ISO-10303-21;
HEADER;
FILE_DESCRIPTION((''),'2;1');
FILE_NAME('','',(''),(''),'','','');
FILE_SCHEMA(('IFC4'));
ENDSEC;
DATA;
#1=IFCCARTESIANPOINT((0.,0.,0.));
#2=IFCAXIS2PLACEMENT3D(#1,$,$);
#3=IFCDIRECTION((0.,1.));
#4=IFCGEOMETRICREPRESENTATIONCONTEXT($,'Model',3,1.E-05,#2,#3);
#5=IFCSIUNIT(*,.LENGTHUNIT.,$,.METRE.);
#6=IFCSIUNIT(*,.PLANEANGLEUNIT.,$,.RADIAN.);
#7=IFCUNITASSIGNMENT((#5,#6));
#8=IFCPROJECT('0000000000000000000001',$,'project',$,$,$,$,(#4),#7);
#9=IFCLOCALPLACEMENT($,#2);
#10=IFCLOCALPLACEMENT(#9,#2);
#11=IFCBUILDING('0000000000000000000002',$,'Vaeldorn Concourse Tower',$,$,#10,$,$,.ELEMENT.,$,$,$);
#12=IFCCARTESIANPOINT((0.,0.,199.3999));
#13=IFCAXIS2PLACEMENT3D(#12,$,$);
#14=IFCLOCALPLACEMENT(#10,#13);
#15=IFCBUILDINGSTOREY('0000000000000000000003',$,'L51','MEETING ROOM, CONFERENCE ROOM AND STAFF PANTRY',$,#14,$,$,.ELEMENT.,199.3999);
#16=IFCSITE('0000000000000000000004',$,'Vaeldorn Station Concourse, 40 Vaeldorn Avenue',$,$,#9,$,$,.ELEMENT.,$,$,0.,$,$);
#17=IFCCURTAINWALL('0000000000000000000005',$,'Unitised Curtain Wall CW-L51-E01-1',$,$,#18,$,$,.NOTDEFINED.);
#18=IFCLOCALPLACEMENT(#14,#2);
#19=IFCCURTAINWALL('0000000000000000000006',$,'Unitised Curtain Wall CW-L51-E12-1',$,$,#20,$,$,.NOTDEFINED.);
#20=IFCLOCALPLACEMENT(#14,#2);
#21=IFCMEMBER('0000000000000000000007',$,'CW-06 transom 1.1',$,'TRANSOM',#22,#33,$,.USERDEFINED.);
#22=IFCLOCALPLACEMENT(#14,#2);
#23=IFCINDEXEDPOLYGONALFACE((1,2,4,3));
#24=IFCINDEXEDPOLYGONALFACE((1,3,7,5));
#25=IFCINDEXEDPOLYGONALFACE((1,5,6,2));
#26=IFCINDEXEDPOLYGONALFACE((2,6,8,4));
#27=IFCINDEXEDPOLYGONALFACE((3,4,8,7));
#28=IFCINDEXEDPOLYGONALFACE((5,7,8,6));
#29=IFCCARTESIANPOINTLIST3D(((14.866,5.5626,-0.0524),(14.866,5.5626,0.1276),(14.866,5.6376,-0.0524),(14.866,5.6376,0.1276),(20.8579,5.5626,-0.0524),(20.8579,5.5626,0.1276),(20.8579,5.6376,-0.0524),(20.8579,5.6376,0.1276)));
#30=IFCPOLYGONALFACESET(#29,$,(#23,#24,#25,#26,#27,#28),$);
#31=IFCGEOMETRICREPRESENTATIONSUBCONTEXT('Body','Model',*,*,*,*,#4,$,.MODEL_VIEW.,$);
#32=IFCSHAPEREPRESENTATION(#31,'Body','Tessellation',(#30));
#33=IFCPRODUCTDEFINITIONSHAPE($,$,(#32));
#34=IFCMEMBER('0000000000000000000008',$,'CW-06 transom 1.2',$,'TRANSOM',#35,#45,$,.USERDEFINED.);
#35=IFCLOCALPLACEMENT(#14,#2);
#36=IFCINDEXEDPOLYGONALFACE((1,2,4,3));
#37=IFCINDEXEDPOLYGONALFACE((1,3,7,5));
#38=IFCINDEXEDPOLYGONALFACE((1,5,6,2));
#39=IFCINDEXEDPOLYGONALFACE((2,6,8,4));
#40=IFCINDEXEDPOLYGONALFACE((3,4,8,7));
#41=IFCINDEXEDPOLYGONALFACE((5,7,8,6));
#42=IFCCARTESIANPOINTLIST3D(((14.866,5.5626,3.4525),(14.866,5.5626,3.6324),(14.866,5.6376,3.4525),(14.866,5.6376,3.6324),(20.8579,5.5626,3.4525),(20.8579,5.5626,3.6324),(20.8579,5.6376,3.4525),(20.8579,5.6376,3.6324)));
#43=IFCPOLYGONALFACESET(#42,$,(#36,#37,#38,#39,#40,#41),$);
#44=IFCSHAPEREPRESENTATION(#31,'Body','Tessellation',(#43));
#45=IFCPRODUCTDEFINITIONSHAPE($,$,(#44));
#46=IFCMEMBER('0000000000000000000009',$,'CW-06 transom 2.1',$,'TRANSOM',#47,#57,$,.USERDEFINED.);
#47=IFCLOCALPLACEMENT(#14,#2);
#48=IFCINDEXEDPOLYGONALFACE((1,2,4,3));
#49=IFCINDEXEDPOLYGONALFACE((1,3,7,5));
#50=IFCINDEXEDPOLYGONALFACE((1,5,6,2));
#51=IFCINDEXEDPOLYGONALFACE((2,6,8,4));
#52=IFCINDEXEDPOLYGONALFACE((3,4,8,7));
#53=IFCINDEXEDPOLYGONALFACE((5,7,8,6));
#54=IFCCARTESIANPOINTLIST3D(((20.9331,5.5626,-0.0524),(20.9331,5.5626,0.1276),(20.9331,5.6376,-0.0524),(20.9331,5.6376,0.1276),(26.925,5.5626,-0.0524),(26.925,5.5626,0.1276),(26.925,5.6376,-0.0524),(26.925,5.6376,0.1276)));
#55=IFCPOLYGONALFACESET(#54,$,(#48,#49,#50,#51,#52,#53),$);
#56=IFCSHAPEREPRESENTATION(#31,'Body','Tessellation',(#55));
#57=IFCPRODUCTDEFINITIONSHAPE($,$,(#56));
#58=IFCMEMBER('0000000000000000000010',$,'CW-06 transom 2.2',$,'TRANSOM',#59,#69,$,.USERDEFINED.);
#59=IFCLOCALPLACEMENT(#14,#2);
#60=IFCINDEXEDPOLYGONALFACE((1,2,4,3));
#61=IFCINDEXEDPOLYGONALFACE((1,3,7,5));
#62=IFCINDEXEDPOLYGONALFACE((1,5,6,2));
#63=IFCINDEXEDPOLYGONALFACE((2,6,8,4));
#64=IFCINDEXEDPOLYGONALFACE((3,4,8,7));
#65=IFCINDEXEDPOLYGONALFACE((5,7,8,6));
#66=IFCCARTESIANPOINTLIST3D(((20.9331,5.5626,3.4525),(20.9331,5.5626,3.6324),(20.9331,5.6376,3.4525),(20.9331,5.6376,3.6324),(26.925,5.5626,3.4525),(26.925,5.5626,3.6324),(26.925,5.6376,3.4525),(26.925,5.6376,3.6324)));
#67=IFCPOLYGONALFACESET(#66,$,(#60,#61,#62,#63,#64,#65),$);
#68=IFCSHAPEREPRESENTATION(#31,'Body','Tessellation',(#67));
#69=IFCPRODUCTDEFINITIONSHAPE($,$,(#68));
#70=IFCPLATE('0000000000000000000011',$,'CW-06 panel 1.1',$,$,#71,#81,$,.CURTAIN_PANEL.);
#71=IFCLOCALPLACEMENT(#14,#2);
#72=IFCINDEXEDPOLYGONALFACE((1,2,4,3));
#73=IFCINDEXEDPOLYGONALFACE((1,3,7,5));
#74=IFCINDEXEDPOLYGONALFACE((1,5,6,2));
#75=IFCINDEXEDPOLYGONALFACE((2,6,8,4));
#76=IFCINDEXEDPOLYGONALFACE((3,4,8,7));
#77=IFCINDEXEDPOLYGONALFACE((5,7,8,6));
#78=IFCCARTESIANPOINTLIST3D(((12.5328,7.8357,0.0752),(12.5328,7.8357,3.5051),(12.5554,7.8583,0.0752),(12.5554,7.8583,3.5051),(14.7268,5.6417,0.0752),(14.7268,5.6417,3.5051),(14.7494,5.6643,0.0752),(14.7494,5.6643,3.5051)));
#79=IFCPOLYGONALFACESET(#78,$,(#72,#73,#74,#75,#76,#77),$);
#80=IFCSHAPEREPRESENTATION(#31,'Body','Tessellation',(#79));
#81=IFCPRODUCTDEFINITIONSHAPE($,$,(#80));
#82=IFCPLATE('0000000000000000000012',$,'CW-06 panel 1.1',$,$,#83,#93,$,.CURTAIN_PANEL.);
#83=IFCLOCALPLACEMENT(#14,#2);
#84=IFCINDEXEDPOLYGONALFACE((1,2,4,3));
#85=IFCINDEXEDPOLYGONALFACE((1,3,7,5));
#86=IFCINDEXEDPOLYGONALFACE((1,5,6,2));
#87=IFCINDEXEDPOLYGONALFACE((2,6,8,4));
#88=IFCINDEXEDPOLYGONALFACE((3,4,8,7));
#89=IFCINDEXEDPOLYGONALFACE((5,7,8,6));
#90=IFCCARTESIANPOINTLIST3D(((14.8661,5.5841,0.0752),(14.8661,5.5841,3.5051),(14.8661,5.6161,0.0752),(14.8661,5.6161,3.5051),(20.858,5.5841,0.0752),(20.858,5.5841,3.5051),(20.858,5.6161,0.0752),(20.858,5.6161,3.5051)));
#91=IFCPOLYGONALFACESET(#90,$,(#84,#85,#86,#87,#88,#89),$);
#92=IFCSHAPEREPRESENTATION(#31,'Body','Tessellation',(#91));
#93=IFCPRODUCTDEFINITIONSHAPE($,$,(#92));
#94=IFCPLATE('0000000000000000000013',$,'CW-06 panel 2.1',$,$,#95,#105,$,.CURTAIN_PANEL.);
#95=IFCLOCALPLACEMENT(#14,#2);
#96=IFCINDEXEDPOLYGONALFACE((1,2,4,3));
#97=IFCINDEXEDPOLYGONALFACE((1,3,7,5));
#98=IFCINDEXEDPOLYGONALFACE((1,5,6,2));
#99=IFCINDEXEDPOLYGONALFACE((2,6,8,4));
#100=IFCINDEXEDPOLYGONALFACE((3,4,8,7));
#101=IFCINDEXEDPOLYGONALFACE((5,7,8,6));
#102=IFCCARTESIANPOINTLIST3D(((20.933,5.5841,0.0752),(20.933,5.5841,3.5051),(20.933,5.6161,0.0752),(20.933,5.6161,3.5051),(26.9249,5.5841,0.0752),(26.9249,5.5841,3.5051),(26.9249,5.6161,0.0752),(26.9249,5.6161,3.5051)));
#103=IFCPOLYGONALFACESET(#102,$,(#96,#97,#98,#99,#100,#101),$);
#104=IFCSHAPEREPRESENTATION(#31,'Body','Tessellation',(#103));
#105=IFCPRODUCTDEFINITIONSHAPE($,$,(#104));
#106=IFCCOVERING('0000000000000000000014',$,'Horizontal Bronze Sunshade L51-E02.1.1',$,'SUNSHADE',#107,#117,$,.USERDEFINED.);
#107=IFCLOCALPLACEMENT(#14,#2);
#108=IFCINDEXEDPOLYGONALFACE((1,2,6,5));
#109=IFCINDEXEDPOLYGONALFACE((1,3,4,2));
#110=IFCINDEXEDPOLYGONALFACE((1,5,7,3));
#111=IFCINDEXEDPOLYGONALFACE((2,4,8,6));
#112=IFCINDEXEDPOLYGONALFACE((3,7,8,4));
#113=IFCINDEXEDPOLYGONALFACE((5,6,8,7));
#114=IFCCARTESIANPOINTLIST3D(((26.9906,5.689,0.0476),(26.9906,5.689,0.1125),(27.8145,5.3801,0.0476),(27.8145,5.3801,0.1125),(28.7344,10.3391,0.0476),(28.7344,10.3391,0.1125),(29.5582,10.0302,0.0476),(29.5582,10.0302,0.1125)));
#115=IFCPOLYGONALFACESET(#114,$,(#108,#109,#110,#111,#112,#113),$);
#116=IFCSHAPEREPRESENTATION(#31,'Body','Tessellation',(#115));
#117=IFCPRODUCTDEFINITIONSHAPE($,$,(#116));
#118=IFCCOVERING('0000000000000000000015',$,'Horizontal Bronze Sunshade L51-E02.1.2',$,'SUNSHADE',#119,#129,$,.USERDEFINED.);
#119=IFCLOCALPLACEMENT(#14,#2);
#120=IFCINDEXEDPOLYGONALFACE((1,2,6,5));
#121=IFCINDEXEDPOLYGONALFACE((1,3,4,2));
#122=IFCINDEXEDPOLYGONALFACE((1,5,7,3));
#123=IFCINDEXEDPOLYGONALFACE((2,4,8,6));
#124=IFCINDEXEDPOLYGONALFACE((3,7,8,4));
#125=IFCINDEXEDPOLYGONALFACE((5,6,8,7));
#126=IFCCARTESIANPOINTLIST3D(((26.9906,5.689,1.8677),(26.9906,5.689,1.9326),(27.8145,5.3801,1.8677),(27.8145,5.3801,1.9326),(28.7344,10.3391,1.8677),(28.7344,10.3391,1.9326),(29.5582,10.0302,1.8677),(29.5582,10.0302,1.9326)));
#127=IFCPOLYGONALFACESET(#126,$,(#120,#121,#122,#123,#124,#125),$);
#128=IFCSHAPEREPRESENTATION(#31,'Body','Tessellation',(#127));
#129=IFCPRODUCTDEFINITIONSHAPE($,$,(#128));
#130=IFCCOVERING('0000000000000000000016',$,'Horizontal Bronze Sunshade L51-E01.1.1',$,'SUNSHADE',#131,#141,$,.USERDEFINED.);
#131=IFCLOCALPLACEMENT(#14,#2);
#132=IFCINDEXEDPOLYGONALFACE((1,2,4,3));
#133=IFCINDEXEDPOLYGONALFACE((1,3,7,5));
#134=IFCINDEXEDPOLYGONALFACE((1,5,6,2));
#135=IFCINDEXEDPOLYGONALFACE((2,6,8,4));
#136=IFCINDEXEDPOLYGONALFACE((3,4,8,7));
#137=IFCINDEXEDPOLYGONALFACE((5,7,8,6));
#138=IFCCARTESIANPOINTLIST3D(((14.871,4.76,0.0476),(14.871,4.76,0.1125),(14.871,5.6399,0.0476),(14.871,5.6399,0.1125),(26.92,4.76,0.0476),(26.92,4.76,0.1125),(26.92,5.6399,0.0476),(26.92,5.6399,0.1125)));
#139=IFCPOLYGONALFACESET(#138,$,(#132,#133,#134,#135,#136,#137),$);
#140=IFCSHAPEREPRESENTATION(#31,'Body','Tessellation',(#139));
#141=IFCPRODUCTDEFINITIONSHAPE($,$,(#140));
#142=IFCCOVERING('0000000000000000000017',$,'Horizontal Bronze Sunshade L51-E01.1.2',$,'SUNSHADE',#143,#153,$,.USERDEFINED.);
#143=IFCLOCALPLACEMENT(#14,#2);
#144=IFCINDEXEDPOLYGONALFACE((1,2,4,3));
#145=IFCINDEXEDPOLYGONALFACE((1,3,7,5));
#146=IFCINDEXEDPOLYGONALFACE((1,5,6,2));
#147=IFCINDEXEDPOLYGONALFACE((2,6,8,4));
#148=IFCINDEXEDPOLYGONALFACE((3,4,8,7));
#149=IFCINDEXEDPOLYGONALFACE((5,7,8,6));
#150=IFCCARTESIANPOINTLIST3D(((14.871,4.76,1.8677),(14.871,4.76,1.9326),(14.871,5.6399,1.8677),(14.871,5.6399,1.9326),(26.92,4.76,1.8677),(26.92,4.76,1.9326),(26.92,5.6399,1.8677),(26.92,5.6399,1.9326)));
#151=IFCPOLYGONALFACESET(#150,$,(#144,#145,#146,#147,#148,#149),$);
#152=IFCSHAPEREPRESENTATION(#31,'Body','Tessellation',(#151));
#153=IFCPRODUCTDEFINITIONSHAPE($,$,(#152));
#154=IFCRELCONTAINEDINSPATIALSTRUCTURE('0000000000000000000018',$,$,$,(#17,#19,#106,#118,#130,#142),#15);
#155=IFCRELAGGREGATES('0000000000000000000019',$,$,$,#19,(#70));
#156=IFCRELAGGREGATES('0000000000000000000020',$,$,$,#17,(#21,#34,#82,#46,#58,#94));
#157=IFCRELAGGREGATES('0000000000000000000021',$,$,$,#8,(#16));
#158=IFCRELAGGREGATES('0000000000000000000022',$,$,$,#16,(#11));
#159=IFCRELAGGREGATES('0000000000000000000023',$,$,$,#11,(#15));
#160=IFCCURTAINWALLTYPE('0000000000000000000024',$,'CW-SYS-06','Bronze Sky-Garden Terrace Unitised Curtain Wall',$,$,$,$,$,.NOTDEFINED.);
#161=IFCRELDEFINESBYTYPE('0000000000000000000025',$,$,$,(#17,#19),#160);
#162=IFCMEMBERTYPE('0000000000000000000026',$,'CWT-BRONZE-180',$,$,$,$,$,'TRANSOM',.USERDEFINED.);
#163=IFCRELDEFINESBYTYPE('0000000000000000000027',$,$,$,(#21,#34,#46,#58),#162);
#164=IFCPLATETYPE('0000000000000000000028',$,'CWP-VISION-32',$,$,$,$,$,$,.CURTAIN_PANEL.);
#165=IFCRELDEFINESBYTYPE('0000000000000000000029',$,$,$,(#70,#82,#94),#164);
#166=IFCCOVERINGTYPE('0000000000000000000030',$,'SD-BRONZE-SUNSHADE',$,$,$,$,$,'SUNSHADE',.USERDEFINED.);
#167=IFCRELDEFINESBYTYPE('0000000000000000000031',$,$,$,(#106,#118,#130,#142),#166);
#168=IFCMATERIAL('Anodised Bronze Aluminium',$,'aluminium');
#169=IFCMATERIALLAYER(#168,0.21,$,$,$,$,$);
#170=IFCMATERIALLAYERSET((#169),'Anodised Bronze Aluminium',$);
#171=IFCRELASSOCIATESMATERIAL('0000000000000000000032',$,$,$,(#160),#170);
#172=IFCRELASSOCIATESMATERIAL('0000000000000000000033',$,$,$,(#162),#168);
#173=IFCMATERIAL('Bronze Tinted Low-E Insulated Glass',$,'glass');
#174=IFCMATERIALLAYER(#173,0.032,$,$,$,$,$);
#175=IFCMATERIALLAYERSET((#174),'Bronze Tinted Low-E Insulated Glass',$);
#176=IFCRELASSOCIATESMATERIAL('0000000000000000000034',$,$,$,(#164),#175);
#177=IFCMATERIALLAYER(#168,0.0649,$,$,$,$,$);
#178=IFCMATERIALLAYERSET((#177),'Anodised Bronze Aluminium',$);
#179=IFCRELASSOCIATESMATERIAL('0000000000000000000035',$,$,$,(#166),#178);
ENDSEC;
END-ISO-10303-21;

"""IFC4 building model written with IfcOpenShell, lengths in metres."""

from ifc_helpers import new_model, si_unit, direction, frame, origin, origin_2d, place, context, subcontext, project, spatial, rectangle, extrude, source, transform, mapped, material, layer, layer_set, material_profile, profile_set, type_object, element, aggregate, save


model = new_model("IFC4")

# Units and contexts
model_context = context("Model", 3, precision=1e-05, world=origin(), true_north=direction((0.0, 1.0)))
body_context = subcontext(model_context, "Body", "Model", "MODEL_VIEW")
ifc_project = project(units=[si_unit("LENGTHUNIT", "METRE"), si_unit("PLANEANGLEUNIT", "RADIAN")], contexts=[model_context])

# Site, building, storey
site_placement = place(None, origin())
site = spatial("IfcSite", under=ifc_project, at=site_placement, Name="Vaeldorn Station Concourse, 40 Vaeldorn Avenue", CompositionType="ELEMENT", RefElevation=0.0)
building_placement = place(site_placement, origin())
building = spatial("IfcBuilding", under=site, at=building_placement, Name="Vaeldorn Concourse Tower", CompositionType="ELEMENT")
storey_placement = place(building_placement, frame((0.0, 0.0, 199.3999)))
storey = spatial("IfcBuildingStorey", under=building, at=storey_placement, Name="L51", Description="MEETING ROOM, CONFERENCE ROOM AND STAFF PANTRY", CompositionType="ELEMENT", Elevation=199.3999)

# Curtain wall
ifc_material_1 = material(Name="Anodised Bronze Aluminium", Category="aluminium")
ifc_layer_1 = layer(ifc_material_1, 0.21)
ifc_layer_set_1 = layer_set([ifc_layer_1], Name="Anodised Bronze Aluminium")
curtain_wall_type = type_object("IfcCurtainWallType", Name="CW-SYS-06", Description="Bronze Sky-Garden Terrace Unitised Curtain Wall", PredefinedType="NOTDEFINED", material=ifc_layer_set_1)
ifc_material_profile_1 = material_profile(ifc_material_1, rectangle(XDim=0.075, YDim=0.1799, at=origin_2d()), Name="CWT 75x180")
ifc_profile_set_1 = profile_set([ifc_material_profile_1], Name="Anodised Bronze Aluminium")
member_type_1 = type_object("IfcMemberType", Name="CWT-BRONZE-180", ElementType="TRANSOM", PredefinedType="USERDEFINED", material=ifc_profile_set_1)
curtain_wall_1_placement = place(storey_placement, origin())
curtain_wall_1 = element("IfcCurtainWall", 1, at=curtain_wall_1_placement, inside=storey, type_object=curtain_wall_type, Name="Unitised Curtain Wall CW-L51-E01-1", PredefinedType="NOTDEFINED")

# Curtain wall
curtain_wall_2_placement = place(storey_placement, origin())
curtain_wall_2 = element("IfcCurtainWall", 2, at=curtain_wall_2_placement, inside=storey, type_object=curtain_wall_type, Name="Unitised Curtain Wall CW-L51-E12-1", PredefinedType="NOTDEFINED")

# Members
shared_shape_1 = source(origin(), body_context, "Body", "SweptSolid", [
    extrude(rectangle(XDim=0.075, YDim=0.1799, at=origin_2d()), origin(), (0.0, 0.0, 1.0), 5.9919),
])
member_1_placement = place(storey_placement, frame((14.866, 5.6001, 0.0376), z_axis=(1.0, 0.0, 0.0), x_axis=(0.0, 1.0, 0.0)))
member_1 = element("IfcMember", 3, at=member_1_placement, type_object=member_type_1, Name="CW-06 transom 1.1", ObjectType="TRANSOM", PredefinedType="USERDEFINED", context=body_context, shape_type="MappedRepresentation", body=[
    mapped(shared_shape_1, transform((0.0, 0.0, 0.0), scale=1.0)),
])
member_2_placement = place(storey_placement, frame((14.866, 5.6001, 3.5425), z_axis=(1.0, 0.0, 0.0), x_axis=(0.0, 1.0, 0.0)))
member_2 = element("IfcMember", 4, at=member_2_placement, type_object=member_type_1, Name="CW-06 transom 1.2", ObjectType="TRANSOM", PredefinedType="USERDEFINED", context=body_context, shape_type="MappedRepresentation", body=[
    mapped(shared_shape_1, transform((0.0, 0.0, 0.0), scale=1.0)),
])
member_3_placement = place(storey_placement, frame((20.9331, 5.6001, 0.0376), z_axis=(1.0, 0.0, 0.0), x_axis=(0.0, 1.0, 0.0)))
member_3 = element("IfcMember", 5, at=member_3_placement, type_object=member_type_1, Name="CW-06 transom 2.1", ObjectType="TRANSOM", PredefinedType="USERDEFINED", context=body_context, shape_type="MappedRepresentation", body=[
    mapped(shared_shape_1, transform((0.0, 0.0, 0.0), scale=1.0)),
])
member_4_placement = place(storey_placement, frame((20.9331, 5.6001, 3.5425), z_axis=(1.0, 0.0, 0.0), x_axis=(0.0, 1.0, 0.0)))
member_4 = element("IfcMember", 6, at=member_4_placement, type_object=member_type_1, Name="CW-06 transom 2.2", ObjectType="TRANSOM", PredefinedType="USERDEFINED", context=body_context, shape_type="MappedRepresentation", body=[
    mapped(shared_shape_1, transform((0.0, 0.0, 0.0), scale=1.0)),
])

# Plates
ifc_material_2 = material(Name="Bronze Tinted Low-E Insulated Glass", Category="glass")
ifc_layer_2 = layer(ifc_material_2, 0.032)
ifc_layer_set_2 = layer_set([ifc_layer_2], Name="Bronze Tinted Low-E Insulated Glass")
plate_type = type_object("IfcPlateType", Name="CWP-VISION-32", PredefinedType="CURTAIN_PANEL", material=ifc_layer_set_2)
shared_shape_2 = source(origin(), body_context, "Body", "SweptSolid", [
    extrude(rectangle(XDim=3.1028, YDim=0.032, at=origin_2d()), origin(), (0.0, 0.0, 1.0), 3.4299),
])
plate_1_placement = place(storey_placement, frame((13.6411, 6.75, 0.0752), z_axis=(0.0, 0.0, 1.0), x_axis=(0.707107, -0.707107, 0.0)))
plate_1 = element("IfcPlate", 7, at=plate_1_placement, type_object=plate_type, Name="CW-06 panel 1.1", PredefinedType="CURTAIN_PANEL", context=body_context, shape_type="MappedRepresentation", body=[
    mapped(shared_shape_2, transform((0.0, 0.0, 0.0), scale=1.0)),
])
aggregate(curtain_wall_2, [plate_1])
shared_shape_3 = source(origin(), body_context, "Body", "SweptSolid", [
    extrude(rectangle(XDim=5.9919, YDim=0.032, at=origin_2d()), origin(), (0.0, 0.0, 1.0), 3.4299),
])
plate_2_placement = place(storey_placement, frame((17.8621, 5.6001, 0.0752), z_axis=(0.0, 0.0, 1.0), x_axis=(1.0, 0.0, 0.0)))
plate_2 = element("IfcPlate", 8, at=plate_2_placement, type_object=plate_type, Name="CW-06 panel 1.1", PredefinedType="CURTAIN_PANEL", context=body_context, shape_type="MappedRepresentation", body=[
    mapped(shared_shape_3, transform((0.0, 0.0, 0.0), scale=1.0)),
])
plate_3_placement = place(storey_placement, frame((23.929, 5.6001, 0.0752), z_axis=(0.0, 0.0, 1.0), x_axis=(1.0, 0.0, 0.0)))
plate_3 = element("IfcPlate", 9, at=plate_3_placement, type_object=plate_type, Name="CW-06 panel 2.1", PredefinedType="CURTAIN_PANEL", context=body_context, shape_type="MappedRepresentation", body=[
    mapped(shared_shape_3, transform((0.0, 0.0, 0.0), scale=1.0)),
])
aggregate(curtain_wall_1, [member_1, member_2, plate_2, member_3, member_4, plate_3])

# Coverings
ifc_layer_3 = layer(ifc_material_1, 0.0649)
ifc_layer_set_3 = layer_set([ifc_layer_3], Name="Anodised Bronze Aluminium")
covering_type = type_object("IfcCoveringType", Name="SD-BRONZE-SUNSHADE", ElementType="SUNSHADE", PredefinedType="USERDEFINED", material=ifc_layer_set_3)
shared_shape_4 = source(origin(), body_context, "Body", "SweptSolid", [
    extrude(rectangle(XDim=4.9663, YDim=0.8799, at=origin_2d()), origin(), (0.0, 0.0, 1.0), 0.0649),
])
for number, where, z_axis, x_axis, name in (
    (10, (28.2744, 7.8596, 0.0476), (0.0, 0.0, 1.0), (0.351123, 0.936329, 0.0), "Horizontal Bronze Sunshade L51-E02.1.1"),
    (11, (28.2744, 7.8596, 1.8677), (0.0, 0.0, 1.0), (0.351123, 0.936329, 0.0), "Horizontal Bronze Sunshade L51-E02.1.2"),
):
    element("IfcCovering", number, at=place(storey_placement, frame(where, z_axis=z_axis, x_axis=x_axis)), inside=storey, type_object=covering_type, Name=name, ObjectType="SUNSHADE", PredefinedType="USERDEFINED", context=body_context, shape_type="MappedRepresentation", body=[
        mapped(shared_shape_4, transform((0.0, 0.0, 0.0), scale=1.0)),
    ])
shared_shape_5 = source(origin(), body_context, "Body", "SweptSolid", [
    extrude(rectangle(XDim=12.0491, YDim=0.8799, at=origin_2d()), origin(), (0.0, 0.0, 1.0), 0.0649),
])
for number, where, z_axis, x_axis, name in (
    (12, (20.8955, 5.2, 0.0476), (0.0, 0.0, 1.0), (1.0, 0.0, 0.0), "Horizontal Bronze Sunshade L51-E01.1.1"),
    (13, (20.8955, 5.2, 1.8677), (0.0, 0.0, 1.0), (1.0, 0.0, 0.0), "Horizontal Bronze Sunshade L51-E01.1.2"),
):
    element("IfcCovering", number, at=place(storey_placement, frame(where, z_axis=z_axis, x_axis=x_axis)), inside=storey, type_object=covering_type, Name=name, ObjectType="SUNSHADE", PredefinedType="USERDEFINED", context=body_context, shape_type="MappedRepresentation", body=[
        mapped(shared_shape_5, transform((0.0, 0.0, 0.0), scale=1.0)),
    ])

save(model, "model.ifc")
